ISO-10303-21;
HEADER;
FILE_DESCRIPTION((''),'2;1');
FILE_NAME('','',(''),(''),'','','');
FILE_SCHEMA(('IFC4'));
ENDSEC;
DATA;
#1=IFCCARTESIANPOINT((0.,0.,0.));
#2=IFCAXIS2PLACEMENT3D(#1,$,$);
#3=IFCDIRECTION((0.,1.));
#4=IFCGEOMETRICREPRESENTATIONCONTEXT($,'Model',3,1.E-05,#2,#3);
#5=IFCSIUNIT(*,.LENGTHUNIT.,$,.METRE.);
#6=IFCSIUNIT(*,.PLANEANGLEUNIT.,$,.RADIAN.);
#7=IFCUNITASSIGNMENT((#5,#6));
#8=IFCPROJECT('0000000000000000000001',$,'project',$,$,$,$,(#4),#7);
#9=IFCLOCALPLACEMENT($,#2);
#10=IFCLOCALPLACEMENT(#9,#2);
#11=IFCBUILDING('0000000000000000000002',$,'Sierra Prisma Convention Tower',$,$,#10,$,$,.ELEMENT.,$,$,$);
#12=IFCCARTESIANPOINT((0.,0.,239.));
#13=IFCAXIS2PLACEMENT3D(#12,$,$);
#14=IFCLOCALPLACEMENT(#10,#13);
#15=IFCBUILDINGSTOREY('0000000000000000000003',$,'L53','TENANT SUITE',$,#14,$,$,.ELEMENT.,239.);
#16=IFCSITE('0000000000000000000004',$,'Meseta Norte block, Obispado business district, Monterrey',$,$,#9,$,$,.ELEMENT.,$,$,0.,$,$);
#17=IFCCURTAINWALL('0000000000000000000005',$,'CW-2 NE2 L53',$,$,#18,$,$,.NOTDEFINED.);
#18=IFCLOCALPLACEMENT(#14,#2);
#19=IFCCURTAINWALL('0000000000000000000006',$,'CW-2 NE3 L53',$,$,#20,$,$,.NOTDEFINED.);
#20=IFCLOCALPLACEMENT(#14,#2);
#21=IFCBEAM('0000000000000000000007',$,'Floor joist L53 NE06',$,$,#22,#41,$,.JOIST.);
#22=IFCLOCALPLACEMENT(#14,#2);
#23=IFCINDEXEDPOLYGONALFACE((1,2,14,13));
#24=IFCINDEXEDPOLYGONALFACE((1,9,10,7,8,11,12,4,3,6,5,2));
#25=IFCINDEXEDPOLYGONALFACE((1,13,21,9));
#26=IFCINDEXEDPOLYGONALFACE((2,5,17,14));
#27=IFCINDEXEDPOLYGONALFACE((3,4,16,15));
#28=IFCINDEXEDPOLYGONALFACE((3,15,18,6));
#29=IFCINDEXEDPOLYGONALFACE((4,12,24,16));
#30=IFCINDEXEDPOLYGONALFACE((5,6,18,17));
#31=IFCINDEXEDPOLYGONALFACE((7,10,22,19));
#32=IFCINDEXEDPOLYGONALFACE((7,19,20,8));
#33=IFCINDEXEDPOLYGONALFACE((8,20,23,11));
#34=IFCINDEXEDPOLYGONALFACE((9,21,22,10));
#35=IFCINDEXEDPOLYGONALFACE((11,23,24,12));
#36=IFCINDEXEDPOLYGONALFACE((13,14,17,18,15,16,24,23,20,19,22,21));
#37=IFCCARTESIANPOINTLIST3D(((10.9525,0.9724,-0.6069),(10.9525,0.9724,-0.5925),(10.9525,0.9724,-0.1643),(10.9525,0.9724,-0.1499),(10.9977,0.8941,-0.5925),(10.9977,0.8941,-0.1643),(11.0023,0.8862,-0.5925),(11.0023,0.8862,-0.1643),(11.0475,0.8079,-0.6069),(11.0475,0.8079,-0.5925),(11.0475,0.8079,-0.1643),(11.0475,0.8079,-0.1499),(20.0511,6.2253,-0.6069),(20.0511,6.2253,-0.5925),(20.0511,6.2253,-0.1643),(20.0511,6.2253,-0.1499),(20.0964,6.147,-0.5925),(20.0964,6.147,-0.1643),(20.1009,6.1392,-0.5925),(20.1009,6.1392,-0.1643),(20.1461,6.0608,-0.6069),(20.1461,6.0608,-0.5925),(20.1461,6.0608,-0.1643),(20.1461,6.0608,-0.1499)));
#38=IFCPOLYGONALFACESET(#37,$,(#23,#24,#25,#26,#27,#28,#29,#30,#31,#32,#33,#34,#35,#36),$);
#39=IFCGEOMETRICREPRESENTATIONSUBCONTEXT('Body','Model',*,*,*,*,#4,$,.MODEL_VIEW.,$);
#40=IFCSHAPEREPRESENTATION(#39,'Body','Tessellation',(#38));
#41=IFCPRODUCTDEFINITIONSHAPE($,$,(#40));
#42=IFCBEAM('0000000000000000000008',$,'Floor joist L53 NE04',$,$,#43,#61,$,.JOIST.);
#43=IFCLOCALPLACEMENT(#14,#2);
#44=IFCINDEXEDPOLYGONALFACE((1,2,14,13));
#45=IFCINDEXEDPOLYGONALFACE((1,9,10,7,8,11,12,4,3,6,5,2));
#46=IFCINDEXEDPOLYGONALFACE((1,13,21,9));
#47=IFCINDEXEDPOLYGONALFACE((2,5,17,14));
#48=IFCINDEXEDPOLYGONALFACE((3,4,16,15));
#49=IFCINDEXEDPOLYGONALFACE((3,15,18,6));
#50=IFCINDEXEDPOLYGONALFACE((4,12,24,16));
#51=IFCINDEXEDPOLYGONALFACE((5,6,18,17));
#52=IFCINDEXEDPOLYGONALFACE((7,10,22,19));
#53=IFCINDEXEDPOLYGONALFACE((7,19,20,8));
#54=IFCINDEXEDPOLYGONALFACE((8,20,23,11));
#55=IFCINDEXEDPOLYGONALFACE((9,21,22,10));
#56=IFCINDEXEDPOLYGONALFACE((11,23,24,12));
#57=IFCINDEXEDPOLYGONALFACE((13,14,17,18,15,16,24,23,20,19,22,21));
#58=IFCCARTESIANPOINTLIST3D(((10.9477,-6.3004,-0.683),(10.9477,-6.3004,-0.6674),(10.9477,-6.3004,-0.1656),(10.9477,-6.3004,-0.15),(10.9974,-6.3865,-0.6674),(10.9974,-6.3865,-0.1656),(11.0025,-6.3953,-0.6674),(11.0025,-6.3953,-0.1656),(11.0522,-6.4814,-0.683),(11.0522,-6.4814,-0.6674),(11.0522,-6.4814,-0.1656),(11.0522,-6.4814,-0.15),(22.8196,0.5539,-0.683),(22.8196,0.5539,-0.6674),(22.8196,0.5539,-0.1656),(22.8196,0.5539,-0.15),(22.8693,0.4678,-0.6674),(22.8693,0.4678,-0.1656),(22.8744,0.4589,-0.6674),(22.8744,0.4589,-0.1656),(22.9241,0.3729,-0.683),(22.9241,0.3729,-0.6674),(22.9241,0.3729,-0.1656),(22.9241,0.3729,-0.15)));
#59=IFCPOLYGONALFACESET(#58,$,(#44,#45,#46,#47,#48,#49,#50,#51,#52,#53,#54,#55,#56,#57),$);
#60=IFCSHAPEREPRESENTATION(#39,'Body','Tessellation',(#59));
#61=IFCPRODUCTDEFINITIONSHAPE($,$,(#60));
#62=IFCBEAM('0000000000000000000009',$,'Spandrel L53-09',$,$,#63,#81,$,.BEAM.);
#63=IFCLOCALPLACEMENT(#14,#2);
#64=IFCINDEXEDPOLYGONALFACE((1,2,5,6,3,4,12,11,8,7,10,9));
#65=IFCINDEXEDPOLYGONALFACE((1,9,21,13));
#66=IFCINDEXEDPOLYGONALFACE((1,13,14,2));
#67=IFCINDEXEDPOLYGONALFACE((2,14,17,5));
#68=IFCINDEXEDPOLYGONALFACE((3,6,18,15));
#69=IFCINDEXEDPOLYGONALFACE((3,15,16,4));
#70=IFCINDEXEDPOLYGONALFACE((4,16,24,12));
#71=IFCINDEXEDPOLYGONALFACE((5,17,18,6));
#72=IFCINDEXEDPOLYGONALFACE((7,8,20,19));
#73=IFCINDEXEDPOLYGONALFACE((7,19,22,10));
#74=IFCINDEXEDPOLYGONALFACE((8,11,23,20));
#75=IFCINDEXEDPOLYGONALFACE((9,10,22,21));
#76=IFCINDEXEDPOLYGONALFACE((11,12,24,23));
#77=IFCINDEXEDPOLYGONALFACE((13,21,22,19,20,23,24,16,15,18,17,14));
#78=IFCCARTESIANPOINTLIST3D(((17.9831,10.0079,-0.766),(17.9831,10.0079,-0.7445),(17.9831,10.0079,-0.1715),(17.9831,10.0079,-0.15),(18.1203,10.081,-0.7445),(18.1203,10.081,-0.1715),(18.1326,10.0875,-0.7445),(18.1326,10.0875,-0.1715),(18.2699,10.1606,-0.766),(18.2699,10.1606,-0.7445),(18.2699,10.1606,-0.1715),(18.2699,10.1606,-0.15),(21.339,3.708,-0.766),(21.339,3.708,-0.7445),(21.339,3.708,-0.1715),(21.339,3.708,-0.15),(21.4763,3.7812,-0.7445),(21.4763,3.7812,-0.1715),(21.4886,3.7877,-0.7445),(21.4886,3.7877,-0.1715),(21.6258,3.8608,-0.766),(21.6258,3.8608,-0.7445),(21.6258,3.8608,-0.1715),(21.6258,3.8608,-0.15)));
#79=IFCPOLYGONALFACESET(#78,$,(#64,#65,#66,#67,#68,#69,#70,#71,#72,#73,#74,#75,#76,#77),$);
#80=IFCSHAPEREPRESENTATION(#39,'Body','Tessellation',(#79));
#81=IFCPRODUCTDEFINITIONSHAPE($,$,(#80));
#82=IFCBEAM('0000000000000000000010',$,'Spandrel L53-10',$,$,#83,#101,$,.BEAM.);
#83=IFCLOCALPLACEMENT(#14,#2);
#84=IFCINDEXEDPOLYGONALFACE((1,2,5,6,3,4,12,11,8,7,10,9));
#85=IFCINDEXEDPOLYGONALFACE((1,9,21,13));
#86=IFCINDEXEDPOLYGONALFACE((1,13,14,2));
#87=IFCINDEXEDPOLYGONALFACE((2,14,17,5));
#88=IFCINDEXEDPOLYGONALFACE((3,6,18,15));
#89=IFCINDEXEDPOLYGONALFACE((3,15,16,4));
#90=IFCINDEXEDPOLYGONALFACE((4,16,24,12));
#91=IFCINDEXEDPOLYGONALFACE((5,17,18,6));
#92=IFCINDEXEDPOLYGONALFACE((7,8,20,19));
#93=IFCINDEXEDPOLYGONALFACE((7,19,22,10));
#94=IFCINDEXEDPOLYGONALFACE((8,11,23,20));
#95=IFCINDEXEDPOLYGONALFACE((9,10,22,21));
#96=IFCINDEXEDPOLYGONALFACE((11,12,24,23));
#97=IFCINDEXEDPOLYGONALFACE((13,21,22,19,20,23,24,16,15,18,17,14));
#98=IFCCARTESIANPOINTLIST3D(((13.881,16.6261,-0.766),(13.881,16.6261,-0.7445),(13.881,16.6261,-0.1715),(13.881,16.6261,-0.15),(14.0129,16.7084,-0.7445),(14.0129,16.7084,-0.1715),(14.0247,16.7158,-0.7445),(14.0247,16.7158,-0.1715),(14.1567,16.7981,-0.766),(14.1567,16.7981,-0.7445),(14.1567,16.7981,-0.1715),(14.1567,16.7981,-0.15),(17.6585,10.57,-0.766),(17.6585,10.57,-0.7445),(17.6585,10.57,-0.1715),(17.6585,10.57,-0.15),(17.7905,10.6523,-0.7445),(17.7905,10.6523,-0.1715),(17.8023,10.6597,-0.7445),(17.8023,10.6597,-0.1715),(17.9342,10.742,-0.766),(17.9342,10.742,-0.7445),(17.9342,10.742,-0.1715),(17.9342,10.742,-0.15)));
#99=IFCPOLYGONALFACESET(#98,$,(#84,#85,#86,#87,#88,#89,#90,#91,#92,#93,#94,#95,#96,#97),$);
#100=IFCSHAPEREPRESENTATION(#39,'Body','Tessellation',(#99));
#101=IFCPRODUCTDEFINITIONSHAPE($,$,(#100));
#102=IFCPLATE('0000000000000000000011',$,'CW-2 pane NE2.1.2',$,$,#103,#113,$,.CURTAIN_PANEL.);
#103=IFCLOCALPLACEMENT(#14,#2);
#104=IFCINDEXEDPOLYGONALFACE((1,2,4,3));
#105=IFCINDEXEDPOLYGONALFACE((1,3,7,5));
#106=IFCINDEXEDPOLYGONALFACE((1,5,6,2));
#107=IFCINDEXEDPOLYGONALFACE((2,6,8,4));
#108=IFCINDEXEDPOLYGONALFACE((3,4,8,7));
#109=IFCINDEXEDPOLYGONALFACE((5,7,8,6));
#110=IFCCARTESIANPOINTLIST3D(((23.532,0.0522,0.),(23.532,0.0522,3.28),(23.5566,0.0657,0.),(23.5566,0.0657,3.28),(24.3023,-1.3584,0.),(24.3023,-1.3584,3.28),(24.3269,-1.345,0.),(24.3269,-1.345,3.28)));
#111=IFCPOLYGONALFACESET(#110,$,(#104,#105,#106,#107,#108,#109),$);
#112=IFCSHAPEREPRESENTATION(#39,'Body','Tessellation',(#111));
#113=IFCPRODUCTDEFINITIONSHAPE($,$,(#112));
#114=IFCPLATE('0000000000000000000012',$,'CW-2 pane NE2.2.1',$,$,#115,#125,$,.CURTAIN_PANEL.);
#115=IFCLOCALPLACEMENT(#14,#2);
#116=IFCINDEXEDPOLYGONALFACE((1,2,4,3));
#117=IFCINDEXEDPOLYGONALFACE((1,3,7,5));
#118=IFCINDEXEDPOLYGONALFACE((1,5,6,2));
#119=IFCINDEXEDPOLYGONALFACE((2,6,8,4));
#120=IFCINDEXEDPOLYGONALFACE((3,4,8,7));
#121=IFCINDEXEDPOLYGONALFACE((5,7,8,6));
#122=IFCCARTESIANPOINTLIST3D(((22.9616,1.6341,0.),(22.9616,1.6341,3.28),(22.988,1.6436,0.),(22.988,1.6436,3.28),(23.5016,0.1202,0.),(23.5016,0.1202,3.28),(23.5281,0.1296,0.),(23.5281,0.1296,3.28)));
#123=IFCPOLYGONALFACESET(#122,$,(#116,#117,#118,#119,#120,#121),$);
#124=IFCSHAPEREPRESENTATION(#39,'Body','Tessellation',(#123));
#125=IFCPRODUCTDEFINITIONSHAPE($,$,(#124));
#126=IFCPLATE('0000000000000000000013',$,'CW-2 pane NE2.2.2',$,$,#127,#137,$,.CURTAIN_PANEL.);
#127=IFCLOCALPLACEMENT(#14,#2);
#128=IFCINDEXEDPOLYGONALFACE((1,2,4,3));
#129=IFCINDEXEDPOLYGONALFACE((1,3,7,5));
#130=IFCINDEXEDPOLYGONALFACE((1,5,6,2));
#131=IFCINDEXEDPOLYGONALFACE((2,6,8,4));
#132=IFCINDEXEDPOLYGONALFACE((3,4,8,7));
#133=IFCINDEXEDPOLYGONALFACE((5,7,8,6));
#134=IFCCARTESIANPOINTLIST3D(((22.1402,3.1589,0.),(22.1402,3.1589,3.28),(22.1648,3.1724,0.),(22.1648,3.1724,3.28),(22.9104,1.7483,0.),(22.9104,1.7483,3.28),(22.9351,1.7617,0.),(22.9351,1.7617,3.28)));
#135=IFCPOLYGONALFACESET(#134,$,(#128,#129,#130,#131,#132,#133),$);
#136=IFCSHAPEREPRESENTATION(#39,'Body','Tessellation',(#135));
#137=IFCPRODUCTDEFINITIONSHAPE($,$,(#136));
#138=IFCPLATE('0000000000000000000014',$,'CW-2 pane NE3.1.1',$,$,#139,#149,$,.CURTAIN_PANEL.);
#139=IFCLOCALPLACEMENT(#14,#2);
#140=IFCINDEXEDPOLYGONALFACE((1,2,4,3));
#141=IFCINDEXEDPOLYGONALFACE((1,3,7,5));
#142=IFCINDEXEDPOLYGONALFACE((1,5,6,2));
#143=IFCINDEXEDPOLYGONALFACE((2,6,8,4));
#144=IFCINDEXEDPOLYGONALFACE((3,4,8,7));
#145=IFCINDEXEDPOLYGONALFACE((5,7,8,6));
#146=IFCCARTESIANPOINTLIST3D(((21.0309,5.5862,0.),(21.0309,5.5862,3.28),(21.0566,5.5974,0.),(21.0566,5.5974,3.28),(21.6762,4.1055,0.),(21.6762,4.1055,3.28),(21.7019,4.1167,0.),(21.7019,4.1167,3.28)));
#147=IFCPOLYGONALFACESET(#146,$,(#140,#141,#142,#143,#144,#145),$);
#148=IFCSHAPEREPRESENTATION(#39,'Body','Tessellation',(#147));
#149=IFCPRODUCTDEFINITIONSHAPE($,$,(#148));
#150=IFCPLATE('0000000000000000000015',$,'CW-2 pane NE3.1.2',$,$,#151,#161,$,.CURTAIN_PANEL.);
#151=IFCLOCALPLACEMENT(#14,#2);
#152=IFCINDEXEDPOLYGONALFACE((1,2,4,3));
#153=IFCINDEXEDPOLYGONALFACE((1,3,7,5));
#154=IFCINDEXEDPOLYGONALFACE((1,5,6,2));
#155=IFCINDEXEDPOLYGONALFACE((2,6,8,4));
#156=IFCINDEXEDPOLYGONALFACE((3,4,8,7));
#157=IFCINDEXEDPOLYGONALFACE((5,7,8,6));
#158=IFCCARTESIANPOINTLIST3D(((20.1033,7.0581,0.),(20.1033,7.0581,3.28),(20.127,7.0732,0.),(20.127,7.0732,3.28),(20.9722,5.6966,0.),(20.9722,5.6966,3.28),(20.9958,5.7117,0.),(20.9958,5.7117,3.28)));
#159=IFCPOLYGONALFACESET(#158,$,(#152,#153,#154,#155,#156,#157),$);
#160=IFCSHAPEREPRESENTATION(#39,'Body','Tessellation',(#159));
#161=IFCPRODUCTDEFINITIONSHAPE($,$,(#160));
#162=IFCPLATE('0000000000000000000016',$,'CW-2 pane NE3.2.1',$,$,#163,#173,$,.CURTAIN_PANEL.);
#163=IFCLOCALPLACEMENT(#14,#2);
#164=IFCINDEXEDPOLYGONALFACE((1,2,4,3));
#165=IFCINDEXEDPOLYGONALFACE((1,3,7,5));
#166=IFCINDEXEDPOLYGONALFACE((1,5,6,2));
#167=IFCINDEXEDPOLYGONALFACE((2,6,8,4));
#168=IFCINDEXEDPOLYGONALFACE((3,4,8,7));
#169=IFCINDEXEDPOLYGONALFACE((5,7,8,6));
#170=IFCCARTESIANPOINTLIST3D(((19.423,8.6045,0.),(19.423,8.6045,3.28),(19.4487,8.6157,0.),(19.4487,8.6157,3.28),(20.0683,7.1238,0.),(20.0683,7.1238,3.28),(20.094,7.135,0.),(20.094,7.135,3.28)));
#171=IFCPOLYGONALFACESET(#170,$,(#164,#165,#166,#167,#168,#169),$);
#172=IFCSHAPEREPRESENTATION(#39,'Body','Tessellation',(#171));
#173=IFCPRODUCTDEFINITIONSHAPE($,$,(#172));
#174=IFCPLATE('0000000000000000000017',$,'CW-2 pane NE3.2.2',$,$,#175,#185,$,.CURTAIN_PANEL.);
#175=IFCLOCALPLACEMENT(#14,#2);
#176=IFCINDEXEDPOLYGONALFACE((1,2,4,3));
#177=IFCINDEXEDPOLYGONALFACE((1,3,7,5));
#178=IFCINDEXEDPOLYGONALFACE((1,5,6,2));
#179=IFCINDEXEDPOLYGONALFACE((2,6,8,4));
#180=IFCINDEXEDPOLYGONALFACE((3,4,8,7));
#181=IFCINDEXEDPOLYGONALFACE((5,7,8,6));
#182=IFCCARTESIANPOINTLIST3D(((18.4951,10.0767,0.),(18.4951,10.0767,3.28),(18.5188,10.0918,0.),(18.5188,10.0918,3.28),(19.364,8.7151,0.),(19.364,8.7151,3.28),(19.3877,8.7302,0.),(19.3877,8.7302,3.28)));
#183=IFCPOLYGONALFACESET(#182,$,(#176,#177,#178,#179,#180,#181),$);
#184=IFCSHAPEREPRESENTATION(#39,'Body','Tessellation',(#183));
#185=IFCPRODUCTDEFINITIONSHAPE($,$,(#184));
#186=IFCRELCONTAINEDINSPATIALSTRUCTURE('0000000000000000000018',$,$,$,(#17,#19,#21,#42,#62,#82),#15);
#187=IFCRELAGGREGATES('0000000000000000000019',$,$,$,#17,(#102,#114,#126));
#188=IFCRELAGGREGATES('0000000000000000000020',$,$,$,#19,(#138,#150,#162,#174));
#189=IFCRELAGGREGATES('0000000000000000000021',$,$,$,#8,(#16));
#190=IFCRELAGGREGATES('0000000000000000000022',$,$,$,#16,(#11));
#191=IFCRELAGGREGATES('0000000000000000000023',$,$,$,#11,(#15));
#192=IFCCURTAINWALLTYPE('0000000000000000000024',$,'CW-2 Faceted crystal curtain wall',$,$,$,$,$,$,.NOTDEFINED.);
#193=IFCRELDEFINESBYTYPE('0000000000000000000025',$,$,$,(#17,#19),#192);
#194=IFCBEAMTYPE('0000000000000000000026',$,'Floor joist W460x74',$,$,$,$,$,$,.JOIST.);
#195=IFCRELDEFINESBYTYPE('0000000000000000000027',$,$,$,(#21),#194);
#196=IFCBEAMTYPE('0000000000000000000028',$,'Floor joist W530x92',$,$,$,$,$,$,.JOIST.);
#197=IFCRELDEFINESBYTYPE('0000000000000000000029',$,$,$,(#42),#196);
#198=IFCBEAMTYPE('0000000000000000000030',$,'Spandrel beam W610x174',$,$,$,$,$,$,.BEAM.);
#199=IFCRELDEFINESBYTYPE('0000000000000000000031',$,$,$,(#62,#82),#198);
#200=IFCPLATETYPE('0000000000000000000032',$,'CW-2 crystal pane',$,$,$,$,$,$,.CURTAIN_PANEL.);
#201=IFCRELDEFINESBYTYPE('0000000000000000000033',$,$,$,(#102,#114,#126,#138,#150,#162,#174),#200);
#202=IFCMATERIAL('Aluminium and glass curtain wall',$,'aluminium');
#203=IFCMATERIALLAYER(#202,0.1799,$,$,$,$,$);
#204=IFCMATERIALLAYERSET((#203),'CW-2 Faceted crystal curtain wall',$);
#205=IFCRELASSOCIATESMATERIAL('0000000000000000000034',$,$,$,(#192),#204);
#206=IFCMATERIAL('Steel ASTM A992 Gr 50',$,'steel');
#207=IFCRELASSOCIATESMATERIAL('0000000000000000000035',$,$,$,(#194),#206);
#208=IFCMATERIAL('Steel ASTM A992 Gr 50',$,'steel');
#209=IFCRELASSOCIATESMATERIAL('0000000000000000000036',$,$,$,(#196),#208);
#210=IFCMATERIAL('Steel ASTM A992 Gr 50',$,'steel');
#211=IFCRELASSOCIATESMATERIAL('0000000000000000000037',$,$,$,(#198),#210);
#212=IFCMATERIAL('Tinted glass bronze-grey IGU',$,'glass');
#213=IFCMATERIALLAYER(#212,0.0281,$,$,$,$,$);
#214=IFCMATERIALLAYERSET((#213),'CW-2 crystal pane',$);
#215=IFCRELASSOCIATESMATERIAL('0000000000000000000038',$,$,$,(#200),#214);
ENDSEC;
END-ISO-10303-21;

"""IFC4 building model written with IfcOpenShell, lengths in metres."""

from ifc_helpers import new_model, si_unit, direction, frame, origin, origin_2d, place, context, subcontext, project, spatial, polyline, i_section, outline, extrude, material, layer, layer_set, material_profile, profile_set, type_object, element, aggregate, save


model = new_model("IFC4")

# Units and contexts
model_context = context("Model", 3, precision=1e-05, world=origin(), true_north=direction((0.0, 1.0)))
body_context = subcontext(model_context, "Body", "Model", "MODEL_VIEW")
ifc_project = project(units=[si_unit("LENGTHUNIT", "METRE"), si_unit("PLANEANGLEUNIT", "RADIAN")], contexts=[model_context])

# Site, building, storey
site_placement = place(None, origin())
site = spatial("IfcSite", under=ifc_project, at=site_placement, Name="Meseta Norte block, Obispado business district, Monterrey", CompositionType="ELEMENT", RefElevation=0.0)
building_placement = place(site_placement, origin())
building = spatial("IfcBuilding", under=site, at=building_placement, Name="Sierra Prisma Convention Tower", CompositionType="ELEMENT")
storey_placement = place(building_placement, frame((0.0, 0.0, 239.0)))
storey = spatial("IfcBuildingStorey", under=building, at=storey_placement, Name="L53", Description="TENANT SUITE", CompositionType="ELEMENT", Elevation=239.0)

# Curtain walls
ifc_material_1 = material(Name="Aluminium and glass curtain wall", Category="aluminium")
ifc_layer_1 = layer(ifc_material_1, 0.1799)
ifc_layer_set_1 = layer_set([ifc_layer_1], Name="CW-2 Faceted crystal curtain wall")
curtain_wall_type = type_object("IfcCurtainWallType", Name="CW-2 Faceted crystal curtain wall", PredefinedType="NOTDEFINED", material=ifc_layer_set_1)
curtain_wall_1_placement = place(storey_placement, origin())
curtain_wall_1 = element("IfcCurtainWall", 1, at=curtain_wall_1_placement, inside=storey, type_object=curtain_wall_type, Name="CW-2 NE2 L53", PredefinedType="NOTDEFINED")
curtain_wall_2_placement = place(storey_placement, origin())
curtain_wall_2 = element("IfcCurtainWall", 2, at=curtain_wall_2_placement, inside=storey, type_object=curtain_wall_type, Name="CW-2 NE3 L53", PredefinedType="NOTDEFINED")

# Beams
ifc_material_2 = material(Name="Steel ASTM A992 Gr 50", Category="steel")
ifc_material_profile_1 = material_profile(ifc_material_2, i_section(OverallWidth=0.1899, OverallDepth=0.457, WebThickness=0.009, FlangeThickness=0.0144, at=origin_2d()), Name="W460x74")
ifc_profile_set_1 = profile_set([ifc_material_profile_1], Name="Steel ASTM A992 Gr 50")
beam_type_1 = type_object("IfcBeamType", Name="Floor joist W460x74", PredefinedType="JOIST", material=ifc_profile_set_1)
beam_1_placement = place(storey_placement, frame((20.0986, 6.1431, -0.3784), z_axis=(-0.866032, -0.499988, 0.0), x_axis=(0.499988, -0.866032, 0.0)))
element("IfcBeam", 3, at=beam_1_placement, inside=storey, type_object=beam_type_1, Name="Floor joist L53 NE06", PredefinedType="JOIST", context=body_context, shape_type="SweptSolid", body=[
    extrude(i_section(OverallWidth=0.1899, OverallDepth=0.457, WebThickness=0.009, FlangeThickness=0.0144, at=origin_2d()), origin(), (0.0, 0.0, 1.0), 10.5061),
])
ifc_material_3 = material(Name="Steel ASTM A992 Gr 50", Category="steel")
ifc_material_profile_2 = material_profile(ifc_material_3, i_section(OverallWidth=0.209, OverallDepth=0.533, WebThickness=0.0103, FlangeThickness=0.0156, at=origin_2d()), Name="W530x92")
ifc_profile_set_2 = profile_set([ifc_material_profile_2], Name="Steel ASTM A992 Gr 50")
beam_type_2 = type_object("IfcBeamType", Name="Floor joist W530x92", PredefinedType="JOIST", material=ifc_profile_set_2)
beam_2_placement = place(storey_placement, frame((22.8718, 0.4634, -0.4165), z_axis=(-0.866024, -0.500003, 0.0), x_axis=(0.500003, -0.866024, 0.0)))
element("IfcBeam", 4, at=beam_2_placement, inside=storey, type_object=beam_type_2, Name="Floor joist L53 NE04", PredefinedType="JOIST", context=body_context, shape_type="SweptSolid", body=[
    extrude(i_section(OverallWidth=0.209, OverallDepth=0.533, WebThickness=0.0103, FlangeThickness=0.0156, at=origin_2d()), origin(), (0.0, 0.0, 1.0), 13.7085),
])
ifc_material_4 = material(Name="Steel ASTM A992 Gr 50", Category="steel")
ifc_material_profile_3 = material_profile(ifc_material_4, i_section(OverallWidth=0.325, OverallDepth=0.616, WebThickness=0.0139, FlangeThickness=0.0215, at=origin_2d()), Name="W610x174")
ifc_profile_set_3 = profile_set([ifc_material_profile_3], Name="Steel ASTM A992 Gr 50")
beam_type_3 = type_object("IfcBeamType", Name="Spandrel beam W610x174", PredefinedType="BEAM", material=ifc_profile_set_3)
beam_3_placement = place(storey_placement, frame((21.4824, 3.7844, -0.458), z_axis=(-0.470159, 0.882582, 0.0), x_axis=(-0.882582, -0.470159, 0.0)))
element("IfcBeam", 5, at=beam_3_placement, inside=storey, type_object=beam_type_3, Name="Spandrel L53-09", PredefinedType="BEAM", context=body_context, shape_type="SweptSolid", body=[
    extrude(i_section(OverallWidth=0.325, OverallDepth=0.616, WebThickness=0.0139, FlangeThickness=0.0215, at=origin_2d()), origin(), (0.0, 0.0, 1.0), 7.1379),
])
beam_4_placement = place(storey_placement, frame((17.7964, 10.656, -0.458), z_axis=(-0.529242, 0.848471, 0.0), x_axis=(-0.848471, -0.529242, 0.0)))
element("IfcBeam", 6, at=beam_4_placement, inside=storey, type_object=beam_type_3, Name="Spandrel L53-10", PredefinedType="BEAM", context=body_context, shape_type="SweptSolid", body=[
    extrude(i_section(OverallWidth=0.325, OverallDepth=0.616, WebThickness=0.0139, FlangeThickness=0.0215, at=origin_2d()), origin(), (0.0, 0.0, 1.0), 7.1377),
])

# Plates
ifc_material_5 = material(Name="Tinted glass bronze-grey IGU", Category="glass")
ifc_layer_2 = layer(ifc_material_5, 0.0281)
ifc_layer_set_2 = layer_set([ifc_layer_2], Name="CW-2 crystal pane")
plate_type = type_object("IfcPlateType", Name="CW-2 crystal pane", PredefinedType="CURTAIN_PANEL", material=ifc_layer_set_2)
plate_1_placement = place(storey_placement, frame((23.5566, 0.0657, 0.0), z_axis=(0.877681, 0.479246, 0.0), x_axis=(0.479246, -0.877681, 0.0)))
plate_1 = element("IfcPlate", 7, at=plate_1_placement, type_object=plate_type, Name="CW-2 pane NE2.1.2", PredefinedType="CURTAIN_PANEL", context=body_context, shape_type="SweptSolid", body=[
    extrude(outline(polyline([(0.0, 0.0), (1.6072, 0.0), (1.6072, -3.28), (0.0, -3.28), (0.0, 0.0)])), origin(), (0.0, 0.0, -1.0), 0.0281),
])
plate_2_placement = place(storey_placement, frame((23.5281, 0.1296, 0.0), z_axis=(0.941869, 0.33598, 0.0), x_axis=(-0.33598, 0.941869, 0.0)))
plate_2 = element("IfcPlate", 8, at=plate_2_placement, type_object=plate_type, Name="CW-2 pane NE2.2.1", PredefinedType="CURTAIN_PANEL", context=body_context, shape_type="SweptSolid", body=[
    extrude(outline(polyline([(0.0, 0.0), (1.6074, 0.0), (1.6074, 3.28), (0.0, 3.28), (0.0, 0.0)])), origin(), (0.0, 0.0, -1.0), 0.0281),
])
plate_3_placement = place(storey_placement, frame((22.1648, 3.1724, 0.0), z_axis=(0.877681, 0.479246, 0.0), x_axis=(0.479246, -0.877681, 0.0)))
plate_3 = element("IfcPlate", 9, at=plate_3_placement, type_object=plate_type, Name="CW-2 pane NE2.2.2", PredefinedType="CURTAIN_PANEL", context=body_context, shape_type="SweptSolid", body=[
    extrude(outline(polyline([(0.0, 0.0), (1.6072, 0.0), (1.6072, -3.28), (0.0, -3.28), (0.0, 0.0)])), origin(), (0.0, 0.0, -1.0), 0.0281),
])
aggregate(curtain_wall_1, [plate_1, plate_2, plate_3])
plate_4_placement = place(storey_placement, frame((21.7019, 4.1167, 0.0), z_axis=(0.916736, 0.399494, 0.0), x_axis=(-0.399494, 0.916736, 0.0)))
plate_4 = element("IfcPlate", 10, at=plate_4_placement, type_object=plate_type, Name="CW-2 pane NE3.1.1", PredefinedType="CURTAIN_PANEL", context=body_context, shape_type="SweptSolid", body=[
    extrude(outline(polyline([(0.0, 0.0), (1.6152, 0.0), (1.6152, 3.28), (0.0, 3.28), (0.0, 0.0)])), origin(), (0.0, 0.0, -1.0), 0.0281),
])
plate_5_placement = place(storey_placement, frame((20.127, 7.0732, 0.0), z_axis=(0.842976, 0.537951, 0.0), x_axis=(0.537951, -0.842976, 0.0)))
plate_5 = element("IfcPlate", 11, at=plate_5_placement, type_object=plate_type, Name="CW-2 pane NE3.1.2", PredefinedType="CURTAIN_PANEL", context=body_context, shape_type="SweptSolid", body=[
    extrude(outline(polyline([(0.0, 0.0), (1.6152, 0.0), (1.6152, -3.28), (0.0, -3.28), (0.0, 0.0)])), origin(), (0.0, 0.0, -1.0), 0.0281),
])
plate_6_placement = place(storey_placement, frame((20.094, 7.135, 0.0), z_axis=(0.916736, 0.399494, 0.0), x_axis=(-0.399494, 0.916736, 0.0)))
plate_6 = element("IfcPlate", 12, at=plate_6_placement, type_object=plate_type, Name="CW-2 pane NE3.2.1", PredefinedType="CURTAIN_PANEL", context=body_context, shape_type="SweptSolid", body=[
    extrude(outline(polyline([(0.0, 0.0), (1.6152, 0.0), (1.6152, 3.28), (0.0, 3.28), (0.0, 0.0)])), origin(), (0.0, 0.0, -1.0), 0.0281),
])
plate_7_placement = place(storey_placement, frame((18.5188, 10.0918, 0.0), z_axis=(0.842976, 0.537951, 0.0), x_axis=(0.537951, -0.842976, 0.0)))
plate_7 = element("IfcPlate", 13, at=plate_7_placement, type_object=plate_type, Name="CW-2 pane NE3.2.2", PredefinedType="CURTAIN_PANEL", context=body_context, shape_type="SweptSolid", body=[
    extrude(outline(polyline([(0.0, 0.0), (1.6152, 0.0), (1.6152, -3.28), (0.0, -3.28), (0.0, 0.0)])), origin(), (0.0, 0.0, -1.0), 0.0281),
])
aggregate(curtain_wall_2, [plate_4, plate_5, plate_6, plate_7])

save(model, "model.ifc")
